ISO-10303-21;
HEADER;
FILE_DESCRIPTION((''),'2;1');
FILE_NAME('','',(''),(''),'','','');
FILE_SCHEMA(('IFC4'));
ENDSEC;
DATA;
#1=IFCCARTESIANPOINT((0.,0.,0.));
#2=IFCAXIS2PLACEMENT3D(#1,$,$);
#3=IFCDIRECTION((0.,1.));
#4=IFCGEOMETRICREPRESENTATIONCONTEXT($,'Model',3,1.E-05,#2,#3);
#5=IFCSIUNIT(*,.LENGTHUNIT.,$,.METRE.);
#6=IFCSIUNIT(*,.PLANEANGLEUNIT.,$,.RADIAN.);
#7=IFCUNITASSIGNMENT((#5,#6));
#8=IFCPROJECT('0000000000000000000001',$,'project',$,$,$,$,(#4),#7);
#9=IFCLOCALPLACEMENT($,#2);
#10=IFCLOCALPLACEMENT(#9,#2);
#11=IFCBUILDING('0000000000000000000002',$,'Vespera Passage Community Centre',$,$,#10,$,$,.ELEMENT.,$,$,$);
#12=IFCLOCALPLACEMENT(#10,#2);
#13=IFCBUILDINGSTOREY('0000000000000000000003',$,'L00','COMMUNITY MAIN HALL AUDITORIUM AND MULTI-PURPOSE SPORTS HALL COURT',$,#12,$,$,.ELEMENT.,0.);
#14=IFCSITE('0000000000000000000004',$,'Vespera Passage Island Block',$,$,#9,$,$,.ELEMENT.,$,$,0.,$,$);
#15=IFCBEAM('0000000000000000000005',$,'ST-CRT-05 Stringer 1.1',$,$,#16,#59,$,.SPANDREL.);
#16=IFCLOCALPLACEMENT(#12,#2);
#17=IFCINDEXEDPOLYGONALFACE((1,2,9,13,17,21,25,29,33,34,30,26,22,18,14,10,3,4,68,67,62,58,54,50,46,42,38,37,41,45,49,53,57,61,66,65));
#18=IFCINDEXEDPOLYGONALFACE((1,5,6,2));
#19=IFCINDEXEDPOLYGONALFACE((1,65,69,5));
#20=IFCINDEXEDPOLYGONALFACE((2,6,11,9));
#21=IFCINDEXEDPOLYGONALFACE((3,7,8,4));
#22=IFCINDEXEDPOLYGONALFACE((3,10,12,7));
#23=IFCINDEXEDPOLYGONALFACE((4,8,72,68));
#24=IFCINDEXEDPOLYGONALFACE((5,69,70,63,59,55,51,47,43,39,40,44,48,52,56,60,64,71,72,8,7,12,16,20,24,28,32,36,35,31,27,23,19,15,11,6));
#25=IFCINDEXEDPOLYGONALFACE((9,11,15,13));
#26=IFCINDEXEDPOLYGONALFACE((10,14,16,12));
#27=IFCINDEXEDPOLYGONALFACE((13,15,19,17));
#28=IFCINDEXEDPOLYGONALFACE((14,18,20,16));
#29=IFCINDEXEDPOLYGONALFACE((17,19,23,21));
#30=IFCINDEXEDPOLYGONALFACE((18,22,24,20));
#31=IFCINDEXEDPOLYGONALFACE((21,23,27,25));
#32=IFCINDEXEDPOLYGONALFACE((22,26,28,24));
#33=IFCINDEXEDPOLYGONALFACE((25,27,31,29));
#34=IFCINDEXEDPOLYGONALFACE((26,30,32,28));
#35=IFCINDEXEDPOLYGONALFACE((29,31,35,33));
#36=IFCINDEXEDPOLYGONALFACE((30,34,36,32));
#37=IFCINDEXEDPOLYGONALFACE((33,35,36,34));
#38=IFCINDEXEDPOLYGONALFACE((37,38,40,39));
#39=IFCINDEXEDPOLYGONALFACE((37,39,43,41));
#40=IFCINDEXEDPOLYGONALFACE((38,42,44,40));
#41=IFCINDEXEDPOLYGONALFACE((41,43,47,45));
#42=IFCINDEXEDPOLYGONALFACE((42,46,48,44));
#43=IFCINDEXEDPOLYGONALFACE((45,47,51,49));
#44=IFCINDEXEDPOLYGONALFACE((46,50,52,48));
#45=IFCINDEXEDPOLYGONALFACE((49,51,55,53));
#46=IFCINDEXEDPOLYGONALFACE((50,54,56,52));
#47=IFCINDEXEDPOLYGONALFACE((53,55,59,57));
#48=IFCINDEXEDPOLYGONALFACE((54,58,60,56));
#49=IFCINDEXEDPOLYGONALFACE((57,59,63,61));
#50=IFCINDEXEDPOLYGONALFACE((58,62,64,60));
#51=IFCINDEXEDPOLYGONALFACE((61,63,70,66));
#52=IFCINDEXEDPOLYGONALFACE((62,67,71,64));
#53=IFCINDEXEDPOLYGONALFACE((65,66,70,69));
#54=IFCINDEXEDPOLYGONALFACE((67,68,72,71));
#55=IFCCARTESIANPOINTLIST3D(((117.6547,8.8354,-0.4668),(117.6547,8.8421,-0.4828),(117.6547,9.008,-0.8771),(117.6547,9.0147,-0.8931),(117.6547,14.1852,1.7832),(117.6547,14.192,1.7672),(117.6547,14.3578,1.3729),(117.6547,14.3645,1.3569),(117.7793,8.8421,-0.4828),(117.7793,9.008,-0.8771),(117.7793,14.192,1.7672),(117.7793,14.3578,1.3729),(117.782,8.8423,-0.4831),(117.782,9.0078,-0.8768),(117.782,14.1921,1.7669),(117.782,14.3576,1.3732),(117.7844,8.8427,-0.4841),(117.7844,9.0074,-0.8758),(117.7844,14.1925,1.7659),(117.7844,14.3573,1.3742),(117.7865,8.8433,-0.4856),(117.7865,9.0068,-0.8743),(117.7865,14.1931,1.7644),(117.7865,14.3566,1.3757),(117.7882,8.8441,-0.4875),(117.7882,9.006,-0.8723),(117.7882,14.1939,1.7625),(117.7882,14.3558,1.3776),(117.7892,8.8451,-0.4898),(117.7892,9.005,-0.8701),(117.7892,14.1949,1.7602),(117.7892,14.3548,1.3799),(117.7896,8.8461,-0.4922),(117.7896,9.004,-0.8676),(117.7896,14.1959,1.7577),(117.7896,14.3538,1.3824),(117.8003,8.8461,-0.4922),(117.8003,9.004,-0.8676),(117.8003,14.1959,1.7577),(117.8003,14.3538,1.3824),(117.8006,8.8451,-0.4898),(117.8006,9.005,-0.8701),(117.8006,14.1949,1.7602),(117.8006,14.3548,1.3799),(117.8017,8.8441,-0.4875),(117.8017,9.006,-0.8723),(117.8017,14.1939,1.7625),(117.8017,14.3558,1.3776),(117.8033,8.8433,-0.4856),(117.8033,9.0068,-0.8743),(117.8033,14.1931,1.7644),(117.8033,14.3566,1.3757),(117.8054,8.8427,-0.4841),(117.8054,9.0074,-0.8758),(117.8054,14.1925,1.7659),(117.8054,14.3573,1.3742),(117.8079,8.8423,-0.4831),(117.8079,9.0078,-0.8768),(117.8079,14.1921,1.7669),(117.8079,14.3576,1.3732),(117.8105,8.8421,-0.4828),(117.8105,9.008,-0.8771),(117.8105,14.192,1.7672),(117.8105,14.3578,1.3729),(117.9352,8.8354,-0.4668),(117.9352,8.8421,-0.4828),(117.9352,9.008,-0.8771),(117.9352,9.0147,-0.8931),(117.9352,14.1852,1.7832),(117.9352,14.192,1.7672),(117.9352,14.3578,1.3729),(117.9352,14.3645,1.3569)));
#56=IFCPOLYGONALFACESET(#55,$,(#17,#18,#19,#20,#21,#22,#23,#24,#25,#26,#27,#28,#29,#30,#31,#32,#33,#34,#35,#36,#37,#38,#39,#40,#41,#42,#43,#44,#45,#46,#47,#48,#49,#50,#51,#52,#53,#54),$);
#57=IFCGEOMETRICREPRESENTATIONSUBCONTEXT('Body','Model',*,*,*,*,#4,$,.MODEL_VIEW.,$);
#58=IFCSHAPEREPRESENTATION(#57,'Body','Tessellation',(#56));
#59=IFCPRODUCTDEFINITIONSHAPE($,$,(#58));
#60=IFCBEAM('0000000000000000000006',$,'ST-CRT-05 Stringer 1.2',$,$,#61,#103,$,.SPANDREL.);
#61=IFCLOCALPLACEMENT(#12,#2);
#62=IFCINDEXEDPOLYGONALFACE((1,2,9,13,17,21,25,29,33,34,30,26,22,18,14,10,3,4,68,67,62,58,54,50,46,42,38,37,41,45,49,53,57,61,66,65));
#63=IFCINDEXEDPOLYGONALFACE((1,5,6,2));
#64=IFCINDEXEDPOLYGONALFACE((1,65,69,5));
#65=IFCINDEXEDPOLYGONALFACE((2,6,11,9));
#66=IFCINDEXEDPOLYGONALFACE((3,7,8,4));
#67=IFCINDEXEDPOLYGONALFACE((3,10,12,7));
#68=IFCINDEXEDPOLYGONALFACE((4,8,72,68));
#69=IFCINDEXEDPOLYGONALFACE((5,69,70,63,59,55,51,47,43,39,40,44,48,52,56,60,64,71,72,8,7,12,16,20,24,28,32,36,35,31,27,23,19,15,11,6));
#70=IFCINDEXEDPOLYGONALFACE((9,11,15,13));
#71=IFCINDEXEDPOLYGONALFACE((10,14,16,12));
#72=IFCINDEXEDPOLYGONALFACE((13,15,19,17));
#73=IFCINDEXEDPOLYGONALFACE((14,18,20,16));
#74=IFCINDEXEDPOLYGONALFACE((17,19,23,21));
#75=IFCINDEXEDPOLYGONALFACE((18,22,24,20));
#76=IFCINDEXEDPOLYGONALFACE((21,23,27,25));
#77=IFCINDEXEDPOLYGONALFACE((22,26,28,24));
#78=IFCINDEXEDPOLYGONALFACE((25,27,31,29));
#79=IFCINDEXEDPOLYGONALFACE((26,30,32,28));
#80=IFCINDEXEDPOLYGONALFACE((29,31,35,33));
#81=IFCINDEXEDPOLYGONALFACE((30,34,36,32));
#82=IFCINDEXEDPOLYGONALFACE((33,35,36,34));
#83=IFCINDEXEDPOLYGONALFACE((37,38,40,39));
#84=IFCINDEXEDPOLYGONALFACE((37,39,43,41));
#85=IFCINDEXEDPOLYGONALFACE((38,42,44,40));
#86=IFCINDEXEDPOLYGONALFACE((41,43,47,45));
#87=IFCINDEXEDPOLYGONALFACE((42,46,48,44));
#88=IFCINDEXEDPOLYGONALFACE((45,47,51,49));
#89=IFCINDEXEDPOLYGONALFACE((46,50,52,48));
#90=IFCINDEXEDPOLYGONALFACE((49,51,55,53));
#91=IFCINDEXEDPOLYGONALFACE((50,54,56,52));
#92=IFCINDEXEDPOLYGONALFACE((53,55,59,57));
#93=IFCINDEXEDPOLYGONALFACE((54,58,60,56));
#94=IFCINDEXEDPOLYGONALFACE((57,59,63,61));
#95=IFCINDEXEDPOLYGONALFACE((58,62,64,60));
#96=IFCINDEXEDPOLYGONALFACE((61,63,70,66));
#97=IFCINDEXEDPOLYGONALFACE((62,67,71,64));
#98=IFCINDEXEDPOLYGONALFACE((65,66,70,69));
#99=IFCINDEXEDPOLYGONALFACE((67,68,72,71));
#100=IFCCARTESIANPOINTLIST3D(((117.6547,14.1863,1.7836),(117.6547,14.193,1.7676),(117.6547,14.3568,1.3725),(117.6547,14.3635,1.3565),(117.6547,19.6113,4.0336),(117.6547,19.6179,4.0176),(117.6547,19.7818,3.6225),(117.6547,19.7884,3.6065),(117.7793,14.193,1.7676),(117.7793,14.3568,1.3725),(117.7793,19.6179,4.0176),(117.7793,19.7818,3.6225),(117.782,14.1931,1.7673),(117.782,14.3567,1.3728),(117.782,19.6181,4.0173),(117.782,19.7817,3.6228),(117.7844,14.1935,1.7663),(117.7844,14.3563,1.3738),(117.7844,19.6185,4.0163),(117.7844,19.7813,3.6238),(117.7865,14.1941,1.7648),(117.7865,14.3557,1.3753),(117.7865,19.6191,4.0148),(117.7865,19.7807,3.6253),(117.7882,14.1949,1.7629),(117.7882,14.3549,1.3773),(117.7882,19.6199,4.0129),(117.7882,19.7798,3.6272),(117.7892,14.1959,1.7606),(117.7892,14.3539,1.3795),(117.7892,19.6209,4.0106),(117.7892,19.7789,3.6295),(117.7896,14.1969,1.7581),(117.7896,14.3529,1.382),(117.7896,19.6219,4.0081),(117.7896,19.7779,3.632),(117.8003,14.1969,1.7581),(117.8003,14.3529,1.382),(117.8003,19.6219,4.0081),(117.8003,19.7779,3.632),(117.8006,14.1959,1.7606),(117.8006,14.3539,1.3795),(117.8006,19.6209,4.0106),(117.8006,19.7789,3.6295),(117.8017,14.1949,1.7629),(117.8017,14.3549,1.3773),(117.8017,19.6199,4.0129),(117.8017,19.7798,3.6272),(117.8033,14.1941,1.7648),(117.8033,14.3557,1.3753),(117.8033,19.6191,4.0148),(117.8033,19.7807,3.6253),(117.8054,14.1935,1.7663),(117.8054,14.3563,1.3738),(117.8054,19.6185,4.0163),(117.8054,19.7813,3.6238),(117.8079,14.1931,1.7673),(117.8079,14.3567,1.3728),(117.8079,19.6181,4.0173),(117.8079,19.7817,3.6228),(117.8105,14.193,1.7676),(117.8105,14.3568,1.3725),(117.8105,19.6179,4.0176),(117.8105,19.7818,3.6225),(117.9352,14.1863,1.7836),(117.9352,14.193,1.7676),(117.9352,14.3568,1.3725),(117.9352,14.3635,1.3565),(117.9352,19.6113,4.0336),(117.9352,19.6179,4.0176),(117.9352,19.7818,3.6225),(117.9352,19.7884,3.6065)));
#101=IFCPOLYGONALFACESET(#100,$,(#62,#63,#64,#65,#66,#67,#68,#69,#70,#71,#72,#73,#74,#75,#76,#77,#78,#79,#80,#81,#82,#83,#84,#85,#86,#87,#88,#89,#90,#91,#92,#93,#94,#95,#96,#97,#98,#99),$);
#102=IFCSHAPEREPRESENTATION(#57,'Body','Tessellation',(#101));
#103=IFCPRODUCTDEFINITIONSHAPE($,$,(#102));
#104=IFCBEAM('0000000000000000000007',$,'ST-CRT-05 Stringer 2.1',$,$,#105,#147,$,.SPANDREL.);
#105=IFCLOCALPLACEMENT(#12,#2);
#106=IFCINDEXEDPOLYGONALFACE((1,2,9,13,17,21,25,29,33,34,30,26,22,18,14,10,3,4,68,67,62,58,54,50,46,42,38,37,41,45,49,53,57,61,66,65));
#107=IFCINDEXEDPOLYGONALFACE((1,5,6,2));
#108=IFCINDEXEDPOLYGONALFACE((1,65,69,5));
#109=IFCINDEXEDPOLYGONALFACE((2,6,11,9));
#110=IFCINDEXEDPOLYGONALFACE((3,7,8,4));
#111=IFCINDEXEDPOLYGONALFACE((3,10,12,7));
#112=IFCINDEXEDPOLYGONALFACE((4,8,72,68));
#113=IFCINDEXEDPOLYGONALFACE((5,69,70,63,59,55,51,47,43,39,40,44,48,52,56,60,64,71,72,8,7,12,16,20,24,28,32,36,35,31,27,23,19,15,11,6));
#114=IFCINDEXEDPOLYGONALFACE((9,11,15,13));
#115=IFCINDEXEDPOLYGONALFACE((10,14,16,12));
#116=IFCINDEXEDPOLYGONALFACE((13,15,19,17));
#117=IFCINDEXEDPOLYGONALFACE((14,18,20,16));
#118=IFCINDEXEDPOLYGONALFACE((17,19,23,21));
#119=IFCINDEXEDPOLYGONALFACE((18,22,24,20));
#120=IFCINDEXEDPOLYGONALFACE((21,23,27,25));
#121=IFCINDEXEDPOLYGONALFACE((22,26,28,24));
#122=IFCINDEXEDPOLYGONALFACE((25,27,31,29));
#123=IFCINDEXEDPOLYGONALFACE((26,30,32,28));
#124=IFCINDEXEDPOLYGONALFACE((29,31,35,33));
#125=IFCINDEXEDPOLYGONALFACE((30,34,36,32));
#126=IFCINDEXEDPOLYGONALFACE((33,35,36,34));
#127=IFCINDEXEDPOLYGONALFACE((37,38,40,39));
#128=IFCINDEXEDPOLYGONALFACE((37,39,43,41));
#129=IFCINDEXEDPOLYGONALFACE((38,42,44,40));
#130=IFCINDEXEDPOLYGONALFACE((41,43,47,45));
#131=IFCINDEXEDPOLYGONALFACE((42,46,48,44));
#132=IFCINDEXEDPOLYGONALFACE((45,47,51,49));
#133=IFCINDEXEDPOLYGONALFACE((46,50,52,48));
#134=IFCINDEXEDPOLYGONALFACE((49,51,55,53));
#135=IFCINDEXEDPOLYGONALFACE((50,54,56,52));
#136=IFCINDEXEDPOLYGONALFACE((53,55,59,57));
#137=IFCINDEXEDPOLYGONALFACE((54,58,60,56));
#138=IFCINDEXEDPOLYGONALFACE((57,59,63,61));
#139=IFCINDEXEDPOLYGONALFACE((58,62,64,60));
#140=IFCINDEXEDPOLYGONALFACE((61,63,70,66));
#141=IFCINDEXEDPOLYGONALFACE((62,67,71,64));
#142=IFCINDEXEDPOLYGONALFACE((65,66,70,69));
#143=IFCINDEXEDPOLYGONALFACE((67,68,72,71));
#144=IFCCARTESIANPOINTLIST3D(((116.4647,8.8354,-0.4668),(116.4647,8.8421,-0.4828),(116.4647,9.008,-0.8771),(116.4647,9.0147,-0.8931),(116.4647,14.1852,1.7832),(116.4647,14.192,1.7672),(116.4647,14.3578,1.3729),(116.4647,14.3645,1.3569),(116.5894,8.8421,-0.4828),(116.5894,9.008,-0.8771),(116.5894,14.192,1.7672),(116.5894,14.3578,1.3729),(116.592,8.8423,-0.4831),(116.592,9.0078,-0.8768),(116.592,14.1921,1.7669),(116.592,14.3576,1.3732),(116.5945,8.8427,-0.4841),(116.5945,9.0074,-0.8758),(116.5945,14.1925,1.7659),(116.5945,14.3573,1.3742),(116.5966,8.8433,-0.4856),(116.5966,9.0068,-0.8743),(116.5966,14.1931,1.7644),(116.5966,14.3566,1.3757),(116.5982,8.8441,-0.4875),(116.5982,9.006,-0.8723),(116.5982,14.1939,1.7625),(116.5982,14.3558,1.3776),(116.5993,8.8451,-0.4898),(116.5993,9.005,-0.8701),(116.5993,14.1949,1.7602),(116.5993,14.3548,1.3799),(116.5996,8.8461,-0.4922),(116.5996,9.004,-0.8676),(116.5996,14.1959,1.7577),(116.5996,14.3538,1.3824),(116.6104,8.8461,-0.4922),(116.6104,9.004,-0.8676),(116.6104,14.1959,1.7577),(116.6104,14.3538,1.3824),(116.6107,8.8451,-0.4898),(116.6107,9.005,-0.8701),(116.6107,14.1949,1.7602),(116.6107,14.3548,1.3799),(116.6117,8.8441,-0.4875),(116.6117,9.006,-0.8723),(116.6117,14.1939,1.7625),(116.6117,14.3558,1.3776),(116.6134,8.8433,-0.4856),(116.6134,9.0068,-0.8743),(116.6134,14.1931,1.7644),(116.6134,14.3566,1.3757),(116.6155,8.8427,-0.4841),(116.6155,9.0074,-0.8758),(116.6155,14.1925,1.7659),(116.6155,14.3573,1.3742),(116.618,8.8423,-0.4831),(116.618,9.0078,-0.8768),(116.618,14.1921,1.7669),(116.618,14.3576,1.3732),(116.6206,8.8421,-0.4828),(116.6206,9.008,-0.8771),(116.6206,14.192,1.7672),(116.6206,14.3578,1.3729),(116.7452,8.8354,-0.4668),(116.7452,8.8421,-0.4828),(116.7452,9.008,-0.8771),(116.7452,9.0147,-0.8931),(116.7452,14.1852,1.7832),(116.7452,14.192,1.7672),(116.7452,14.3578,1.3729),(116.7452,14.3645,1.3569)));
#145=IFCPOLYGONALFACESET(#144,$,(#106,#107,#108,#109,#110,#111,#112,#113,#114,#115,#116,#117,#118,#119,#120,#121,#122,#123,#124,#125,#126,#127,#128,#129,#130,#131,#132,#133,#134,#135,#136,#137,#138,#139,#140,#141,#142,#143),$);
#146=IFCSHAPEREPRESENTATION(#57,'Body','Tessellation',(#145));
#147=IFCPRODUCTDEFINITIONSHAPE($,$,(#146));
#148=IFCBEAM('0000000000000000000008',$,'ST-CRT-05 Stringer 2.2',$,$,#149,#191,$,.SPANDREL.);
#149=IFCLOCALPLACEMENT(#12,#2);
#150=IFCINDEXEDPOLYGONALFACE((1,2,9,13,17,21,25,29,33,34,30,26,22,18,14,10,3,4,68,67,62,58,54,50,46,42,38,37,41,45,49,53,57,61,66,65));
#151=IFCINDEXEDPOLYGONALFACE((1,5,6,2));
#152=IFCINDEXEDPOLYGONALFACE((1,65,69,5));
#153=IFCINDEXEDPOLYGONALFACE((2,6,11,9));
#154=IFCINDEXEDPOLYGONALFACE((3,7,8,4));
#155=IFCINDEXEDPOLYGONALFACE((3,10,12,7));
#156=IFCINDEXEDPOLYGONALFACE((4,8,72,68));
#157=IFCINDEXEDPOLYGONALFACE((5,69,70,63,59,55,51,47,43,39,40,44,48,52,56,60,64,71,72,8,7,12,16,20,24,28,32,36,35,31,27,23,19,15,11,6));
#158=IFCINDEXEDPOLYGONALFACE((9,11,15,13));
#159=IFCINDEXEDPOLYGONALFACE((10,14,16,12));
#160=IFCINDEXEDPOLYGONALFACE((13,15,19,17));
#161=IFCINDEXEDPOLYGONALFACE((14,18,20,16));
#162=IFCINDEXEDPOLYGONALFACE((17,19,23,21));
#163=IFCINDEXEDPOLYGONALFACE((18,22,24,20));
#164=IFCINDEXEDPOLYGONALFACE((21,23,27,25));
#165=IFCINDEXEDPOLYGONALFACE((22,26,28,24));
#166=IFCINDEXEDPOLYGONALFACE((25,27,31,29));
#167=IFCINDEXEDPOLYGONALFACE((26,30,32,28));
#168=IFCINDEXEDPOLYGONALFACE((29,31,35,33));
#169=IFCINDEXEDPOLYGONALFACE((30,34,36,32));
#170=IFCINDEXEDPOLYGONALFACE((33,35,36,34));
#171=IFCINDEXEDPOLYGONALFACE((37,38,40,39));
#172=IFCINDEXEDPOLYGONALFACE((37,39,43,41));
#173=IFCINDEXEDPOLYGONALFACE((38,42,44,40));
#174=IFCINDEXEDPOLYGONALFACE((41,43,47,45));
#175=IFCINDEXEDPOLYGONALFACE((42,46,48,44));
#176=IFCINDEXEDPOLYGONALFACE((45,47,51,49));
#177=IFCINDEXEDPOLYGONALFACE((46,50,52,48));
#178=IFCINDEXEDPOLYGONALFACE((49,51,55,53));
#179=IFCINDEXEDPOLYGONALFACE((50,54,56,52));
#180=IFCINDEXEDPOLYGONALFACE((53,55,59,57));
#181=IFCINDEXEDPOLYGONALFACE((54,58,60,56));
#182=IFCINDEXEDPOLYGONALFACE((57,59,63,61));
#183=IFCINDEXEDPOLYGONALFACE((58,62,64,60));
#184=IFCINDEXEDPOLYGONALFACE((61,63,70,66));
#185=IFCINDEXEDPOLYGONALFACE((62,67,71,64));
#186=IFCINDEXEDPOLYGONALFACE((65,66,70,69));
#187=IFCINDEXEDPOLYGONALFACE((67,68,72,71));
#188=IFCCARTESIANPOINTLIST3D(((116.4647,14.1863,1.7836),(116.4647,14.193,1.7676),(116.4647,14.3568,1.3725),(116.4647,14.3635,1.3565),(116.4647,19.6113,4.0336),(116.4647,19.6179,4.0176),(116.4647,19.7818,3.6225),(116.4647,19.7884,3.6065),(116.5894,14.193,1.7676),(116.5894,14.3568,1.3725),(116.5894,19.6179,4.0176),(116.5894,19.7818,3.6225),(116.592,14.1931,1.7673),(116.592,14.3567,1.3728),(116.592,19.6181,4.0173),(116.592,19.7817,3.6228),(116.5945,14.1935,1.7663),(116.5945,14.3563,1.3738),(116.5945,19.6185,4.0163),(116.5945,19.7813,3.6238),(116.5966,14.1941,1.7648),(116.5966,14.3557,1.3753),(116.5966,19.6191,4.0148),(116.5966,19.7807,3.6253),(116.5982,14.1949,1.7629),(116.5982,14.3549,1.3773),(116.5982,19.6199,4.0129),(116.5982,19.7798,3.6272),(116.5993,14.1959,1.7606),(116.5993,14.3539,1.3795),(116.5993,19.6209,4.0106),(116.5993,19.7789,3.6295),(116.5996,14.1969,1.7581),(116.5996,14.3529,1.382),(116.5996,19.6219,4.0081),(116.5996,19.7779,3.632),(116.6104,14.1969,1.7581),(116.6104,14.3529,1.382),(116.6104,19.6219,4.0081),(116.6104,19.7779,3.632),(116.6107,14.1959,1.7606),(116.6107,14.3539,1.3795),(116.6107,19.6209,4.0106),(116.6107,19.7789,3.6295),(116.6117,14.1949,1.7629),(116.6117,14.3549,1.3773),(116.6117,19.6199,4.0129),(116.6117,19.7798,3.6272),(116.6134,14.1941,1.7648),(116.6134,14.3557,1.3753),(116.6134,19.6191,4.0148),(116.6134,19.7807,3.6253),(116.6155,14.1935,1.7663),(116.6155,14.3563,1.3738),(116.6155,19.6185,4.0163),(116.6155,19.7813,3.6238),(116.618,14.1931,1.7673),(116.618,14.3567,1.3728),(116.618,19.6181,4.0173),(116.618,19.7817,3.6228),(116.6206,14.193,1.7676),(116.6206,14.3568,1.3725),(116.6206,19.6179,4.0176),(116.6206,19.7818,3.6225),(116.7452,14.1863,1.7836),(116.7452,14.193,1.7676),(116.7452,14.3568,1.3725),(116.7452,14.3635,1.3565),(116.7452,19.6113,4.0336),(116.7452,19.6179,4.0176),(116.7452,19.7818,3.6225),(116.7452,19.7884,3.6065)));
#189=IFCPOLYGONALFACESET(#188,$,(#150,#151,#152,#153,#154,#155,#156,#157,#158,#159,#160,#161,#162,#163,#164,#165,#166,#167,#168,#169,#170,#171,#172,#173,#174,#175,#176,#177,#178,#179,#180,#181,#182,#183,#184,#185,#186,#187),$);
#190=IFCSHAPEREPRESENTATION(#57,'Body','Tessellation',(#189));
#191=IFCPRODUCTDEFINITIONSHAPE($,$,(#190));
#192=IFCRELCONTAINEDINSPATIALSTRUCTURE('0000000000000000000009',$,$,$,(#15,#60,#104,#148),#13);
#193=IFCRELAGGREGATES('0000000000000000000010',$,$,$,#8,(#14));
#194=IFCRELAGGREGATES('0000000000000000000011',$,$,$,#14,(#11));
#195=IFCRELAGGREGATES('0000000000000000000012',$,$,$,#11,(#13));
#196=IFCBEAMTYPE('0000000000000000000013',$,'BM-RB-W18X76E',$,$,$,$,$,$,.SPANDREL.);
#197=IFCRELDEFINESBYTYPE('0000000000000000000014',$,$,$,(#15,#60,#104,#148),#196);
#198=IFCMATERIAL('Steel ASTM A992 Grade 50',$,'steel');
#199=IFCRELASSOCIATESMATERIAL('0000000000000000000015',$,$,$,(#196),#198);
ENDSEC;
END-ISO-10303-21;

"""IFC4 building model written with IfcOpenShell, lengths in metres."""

from ifc_helpers import new_model, si_unit, direction, frame, origin, origin_2d, place, context, subcontext, project, spatial, i_section, extrude, material, material_profile, profile_set, type_object, element, save


model = new_model("IFC4")

# Units and contexts
model_context = context("Model", 3, precision=1e-05, world=origin(), true_north=direction((0.0, 1.0)))
body_context = subcontext(model_context, "Body", "Model", "MODEL_VIEW")
ifc_project = project(units=[si_unit("LENGTHUNIT", "METRE"), si_unit("PLANEANGLEUNIT", "RADIAN")], contexts=[model_context])

# Site, building, storey
site_placement = place(None, origin())
site = spatial("IfcSite", under=ifc_project, at=site_placement, Name="Vespera Passage Island Block", CompositionType="ELEMENT", RefElevation=0.0)
building_placement = place(site_placement, origin())
building = spatial("IfcBuilding", under=site, at=building_placement, Name="Vespera Passage Community Centre", CompositionType="ELEMENT")
storey_placement = place(building_placement, origin())
storey = spatial("IfcBuildingStorey", under=building, at=storey_placement, Name="L00", Description="COMMUNITY MAIN HALL AUDITORIUM AND MULTI-PURPOSE SPORTS HALL COURT", CompositionType="ELEMENT", Elevation=0.0)

# Beams
ifc_material_1 = material(Name="Steel ASTM A992 Grade 50", Category="steel")
ifc_material_profile_1 = material_profile(ifc_material_1, i_section(OverallWidth=0.2805, OverallDepth=0.4624, WebThickness=0.0107, FlangeThickness=0.0173, FilletRadius=0.0103, at=origin_2d()), Name="W18X76")
ifc_profile_set_1 = profile_set([ifc_material_profile_1], Name="Steel ASTM A992 Grade 50")
beam_type_1 = type_object("IfcBeamType", Name="BM-RB-W18X76E", PredefinedType="SPANDREL", material=ifc_profile_set_1)
beam_1_placement = place(storey_placement, frame((117.7949, 8.925, -0.6799), z_axis=(0.0, 0.921794, 0.387681), x_axis=(-1.0, 0.0, 0.0)))
element("IfcBeam", 1, at=beam_1_placement, inside=storey, type_object=beam_type_1, Name="ST-CRT-05 Stringer 1.1", PredefinedType="SPANDREL", context=body_context, shape_type="SweptSolid", body=[
    extrude(i_section(OverallWidth=0.2805, OverallDepth=0.4624, WebThickness=0.0107, FlangeThickness=0.0173, FilletRadius=0.0103, at=origin_2d()), origin(), (0.0, 0.0, 1.0), 5.8037),
])
beam_2_placement = place(storey_placement, frame((117.7949, 14.2749, 1.5701), z_axis=(0.0, 0.923707, 0.383101), x_axis=(-1.0, 0.0, 0.0)))
element("IfcBeam", 2, at=beam_2_placement, inside=storey, type_object=beam_type_1, Name="ST-CRT-05 Stringer 1.2", PredefinedType="SPANDREL", context=body_context, shape_type="SweptSolid", body=[
    extrude(i_section(OverallWidth=0.2805, OverallDepth=0.4624, WebThickness=0.0107, FlangeThickness=0.0173, FilletRadius=0.0103, at=origin_2d()), origin(), (0.0, 0.0, 1.0), 5.873),
])
beam_3_placement = place(storey_placement, frame((116.605, 8.925, -0.6799), z_axis=(0.0, 0.921794, 0.387681), x_axis=(-1.0, 0.0, 0.0)))
element("IfcBeam", 3, at=beam_3_placement, inside=storey, type_object=beam_type_1, Name="ST-CRT-05 Stringer 2.1", PredefinedType="SPANDREL", context=body_context, shape_type="SweptSolid", body=[
    extrude(i_section(OverallWidth=0.2805, OverallDepth=0.4624, WebThickness=0.0107, FlangeThickness=0.0173, FilletRadius=0.0103, at=origin_2d()), origin(), (0.0, 0.0, 1.0), 5.8037),
])
beam_4_placement = place(storey_placement, frame((116.605, 14.2749, 1.5701), z_axis=(0.0, 0.923707, 0.383101), x_axis=(-1.0, 0.0, 0.0)))
element("IfcBeam", 4, at=beam_4_placement, inside=storey, type_object=beam_type_1, Name="ST-CRT-05 Stringer 2.2", PredefinedType="SPANDREL", context=body_context, shape_type="SweptSolid", body=[
    extrude(i_section(OverallWidth=0.2805, OverallDepth=0.4624, WebThickness=0.0107, FlangeThickness=0.0173, FilletRadius=0.0103, at=origin_2d()), origin(), (0.0, 0.0, 1.0), 5.873),
])

save(model, "model.ifc")
